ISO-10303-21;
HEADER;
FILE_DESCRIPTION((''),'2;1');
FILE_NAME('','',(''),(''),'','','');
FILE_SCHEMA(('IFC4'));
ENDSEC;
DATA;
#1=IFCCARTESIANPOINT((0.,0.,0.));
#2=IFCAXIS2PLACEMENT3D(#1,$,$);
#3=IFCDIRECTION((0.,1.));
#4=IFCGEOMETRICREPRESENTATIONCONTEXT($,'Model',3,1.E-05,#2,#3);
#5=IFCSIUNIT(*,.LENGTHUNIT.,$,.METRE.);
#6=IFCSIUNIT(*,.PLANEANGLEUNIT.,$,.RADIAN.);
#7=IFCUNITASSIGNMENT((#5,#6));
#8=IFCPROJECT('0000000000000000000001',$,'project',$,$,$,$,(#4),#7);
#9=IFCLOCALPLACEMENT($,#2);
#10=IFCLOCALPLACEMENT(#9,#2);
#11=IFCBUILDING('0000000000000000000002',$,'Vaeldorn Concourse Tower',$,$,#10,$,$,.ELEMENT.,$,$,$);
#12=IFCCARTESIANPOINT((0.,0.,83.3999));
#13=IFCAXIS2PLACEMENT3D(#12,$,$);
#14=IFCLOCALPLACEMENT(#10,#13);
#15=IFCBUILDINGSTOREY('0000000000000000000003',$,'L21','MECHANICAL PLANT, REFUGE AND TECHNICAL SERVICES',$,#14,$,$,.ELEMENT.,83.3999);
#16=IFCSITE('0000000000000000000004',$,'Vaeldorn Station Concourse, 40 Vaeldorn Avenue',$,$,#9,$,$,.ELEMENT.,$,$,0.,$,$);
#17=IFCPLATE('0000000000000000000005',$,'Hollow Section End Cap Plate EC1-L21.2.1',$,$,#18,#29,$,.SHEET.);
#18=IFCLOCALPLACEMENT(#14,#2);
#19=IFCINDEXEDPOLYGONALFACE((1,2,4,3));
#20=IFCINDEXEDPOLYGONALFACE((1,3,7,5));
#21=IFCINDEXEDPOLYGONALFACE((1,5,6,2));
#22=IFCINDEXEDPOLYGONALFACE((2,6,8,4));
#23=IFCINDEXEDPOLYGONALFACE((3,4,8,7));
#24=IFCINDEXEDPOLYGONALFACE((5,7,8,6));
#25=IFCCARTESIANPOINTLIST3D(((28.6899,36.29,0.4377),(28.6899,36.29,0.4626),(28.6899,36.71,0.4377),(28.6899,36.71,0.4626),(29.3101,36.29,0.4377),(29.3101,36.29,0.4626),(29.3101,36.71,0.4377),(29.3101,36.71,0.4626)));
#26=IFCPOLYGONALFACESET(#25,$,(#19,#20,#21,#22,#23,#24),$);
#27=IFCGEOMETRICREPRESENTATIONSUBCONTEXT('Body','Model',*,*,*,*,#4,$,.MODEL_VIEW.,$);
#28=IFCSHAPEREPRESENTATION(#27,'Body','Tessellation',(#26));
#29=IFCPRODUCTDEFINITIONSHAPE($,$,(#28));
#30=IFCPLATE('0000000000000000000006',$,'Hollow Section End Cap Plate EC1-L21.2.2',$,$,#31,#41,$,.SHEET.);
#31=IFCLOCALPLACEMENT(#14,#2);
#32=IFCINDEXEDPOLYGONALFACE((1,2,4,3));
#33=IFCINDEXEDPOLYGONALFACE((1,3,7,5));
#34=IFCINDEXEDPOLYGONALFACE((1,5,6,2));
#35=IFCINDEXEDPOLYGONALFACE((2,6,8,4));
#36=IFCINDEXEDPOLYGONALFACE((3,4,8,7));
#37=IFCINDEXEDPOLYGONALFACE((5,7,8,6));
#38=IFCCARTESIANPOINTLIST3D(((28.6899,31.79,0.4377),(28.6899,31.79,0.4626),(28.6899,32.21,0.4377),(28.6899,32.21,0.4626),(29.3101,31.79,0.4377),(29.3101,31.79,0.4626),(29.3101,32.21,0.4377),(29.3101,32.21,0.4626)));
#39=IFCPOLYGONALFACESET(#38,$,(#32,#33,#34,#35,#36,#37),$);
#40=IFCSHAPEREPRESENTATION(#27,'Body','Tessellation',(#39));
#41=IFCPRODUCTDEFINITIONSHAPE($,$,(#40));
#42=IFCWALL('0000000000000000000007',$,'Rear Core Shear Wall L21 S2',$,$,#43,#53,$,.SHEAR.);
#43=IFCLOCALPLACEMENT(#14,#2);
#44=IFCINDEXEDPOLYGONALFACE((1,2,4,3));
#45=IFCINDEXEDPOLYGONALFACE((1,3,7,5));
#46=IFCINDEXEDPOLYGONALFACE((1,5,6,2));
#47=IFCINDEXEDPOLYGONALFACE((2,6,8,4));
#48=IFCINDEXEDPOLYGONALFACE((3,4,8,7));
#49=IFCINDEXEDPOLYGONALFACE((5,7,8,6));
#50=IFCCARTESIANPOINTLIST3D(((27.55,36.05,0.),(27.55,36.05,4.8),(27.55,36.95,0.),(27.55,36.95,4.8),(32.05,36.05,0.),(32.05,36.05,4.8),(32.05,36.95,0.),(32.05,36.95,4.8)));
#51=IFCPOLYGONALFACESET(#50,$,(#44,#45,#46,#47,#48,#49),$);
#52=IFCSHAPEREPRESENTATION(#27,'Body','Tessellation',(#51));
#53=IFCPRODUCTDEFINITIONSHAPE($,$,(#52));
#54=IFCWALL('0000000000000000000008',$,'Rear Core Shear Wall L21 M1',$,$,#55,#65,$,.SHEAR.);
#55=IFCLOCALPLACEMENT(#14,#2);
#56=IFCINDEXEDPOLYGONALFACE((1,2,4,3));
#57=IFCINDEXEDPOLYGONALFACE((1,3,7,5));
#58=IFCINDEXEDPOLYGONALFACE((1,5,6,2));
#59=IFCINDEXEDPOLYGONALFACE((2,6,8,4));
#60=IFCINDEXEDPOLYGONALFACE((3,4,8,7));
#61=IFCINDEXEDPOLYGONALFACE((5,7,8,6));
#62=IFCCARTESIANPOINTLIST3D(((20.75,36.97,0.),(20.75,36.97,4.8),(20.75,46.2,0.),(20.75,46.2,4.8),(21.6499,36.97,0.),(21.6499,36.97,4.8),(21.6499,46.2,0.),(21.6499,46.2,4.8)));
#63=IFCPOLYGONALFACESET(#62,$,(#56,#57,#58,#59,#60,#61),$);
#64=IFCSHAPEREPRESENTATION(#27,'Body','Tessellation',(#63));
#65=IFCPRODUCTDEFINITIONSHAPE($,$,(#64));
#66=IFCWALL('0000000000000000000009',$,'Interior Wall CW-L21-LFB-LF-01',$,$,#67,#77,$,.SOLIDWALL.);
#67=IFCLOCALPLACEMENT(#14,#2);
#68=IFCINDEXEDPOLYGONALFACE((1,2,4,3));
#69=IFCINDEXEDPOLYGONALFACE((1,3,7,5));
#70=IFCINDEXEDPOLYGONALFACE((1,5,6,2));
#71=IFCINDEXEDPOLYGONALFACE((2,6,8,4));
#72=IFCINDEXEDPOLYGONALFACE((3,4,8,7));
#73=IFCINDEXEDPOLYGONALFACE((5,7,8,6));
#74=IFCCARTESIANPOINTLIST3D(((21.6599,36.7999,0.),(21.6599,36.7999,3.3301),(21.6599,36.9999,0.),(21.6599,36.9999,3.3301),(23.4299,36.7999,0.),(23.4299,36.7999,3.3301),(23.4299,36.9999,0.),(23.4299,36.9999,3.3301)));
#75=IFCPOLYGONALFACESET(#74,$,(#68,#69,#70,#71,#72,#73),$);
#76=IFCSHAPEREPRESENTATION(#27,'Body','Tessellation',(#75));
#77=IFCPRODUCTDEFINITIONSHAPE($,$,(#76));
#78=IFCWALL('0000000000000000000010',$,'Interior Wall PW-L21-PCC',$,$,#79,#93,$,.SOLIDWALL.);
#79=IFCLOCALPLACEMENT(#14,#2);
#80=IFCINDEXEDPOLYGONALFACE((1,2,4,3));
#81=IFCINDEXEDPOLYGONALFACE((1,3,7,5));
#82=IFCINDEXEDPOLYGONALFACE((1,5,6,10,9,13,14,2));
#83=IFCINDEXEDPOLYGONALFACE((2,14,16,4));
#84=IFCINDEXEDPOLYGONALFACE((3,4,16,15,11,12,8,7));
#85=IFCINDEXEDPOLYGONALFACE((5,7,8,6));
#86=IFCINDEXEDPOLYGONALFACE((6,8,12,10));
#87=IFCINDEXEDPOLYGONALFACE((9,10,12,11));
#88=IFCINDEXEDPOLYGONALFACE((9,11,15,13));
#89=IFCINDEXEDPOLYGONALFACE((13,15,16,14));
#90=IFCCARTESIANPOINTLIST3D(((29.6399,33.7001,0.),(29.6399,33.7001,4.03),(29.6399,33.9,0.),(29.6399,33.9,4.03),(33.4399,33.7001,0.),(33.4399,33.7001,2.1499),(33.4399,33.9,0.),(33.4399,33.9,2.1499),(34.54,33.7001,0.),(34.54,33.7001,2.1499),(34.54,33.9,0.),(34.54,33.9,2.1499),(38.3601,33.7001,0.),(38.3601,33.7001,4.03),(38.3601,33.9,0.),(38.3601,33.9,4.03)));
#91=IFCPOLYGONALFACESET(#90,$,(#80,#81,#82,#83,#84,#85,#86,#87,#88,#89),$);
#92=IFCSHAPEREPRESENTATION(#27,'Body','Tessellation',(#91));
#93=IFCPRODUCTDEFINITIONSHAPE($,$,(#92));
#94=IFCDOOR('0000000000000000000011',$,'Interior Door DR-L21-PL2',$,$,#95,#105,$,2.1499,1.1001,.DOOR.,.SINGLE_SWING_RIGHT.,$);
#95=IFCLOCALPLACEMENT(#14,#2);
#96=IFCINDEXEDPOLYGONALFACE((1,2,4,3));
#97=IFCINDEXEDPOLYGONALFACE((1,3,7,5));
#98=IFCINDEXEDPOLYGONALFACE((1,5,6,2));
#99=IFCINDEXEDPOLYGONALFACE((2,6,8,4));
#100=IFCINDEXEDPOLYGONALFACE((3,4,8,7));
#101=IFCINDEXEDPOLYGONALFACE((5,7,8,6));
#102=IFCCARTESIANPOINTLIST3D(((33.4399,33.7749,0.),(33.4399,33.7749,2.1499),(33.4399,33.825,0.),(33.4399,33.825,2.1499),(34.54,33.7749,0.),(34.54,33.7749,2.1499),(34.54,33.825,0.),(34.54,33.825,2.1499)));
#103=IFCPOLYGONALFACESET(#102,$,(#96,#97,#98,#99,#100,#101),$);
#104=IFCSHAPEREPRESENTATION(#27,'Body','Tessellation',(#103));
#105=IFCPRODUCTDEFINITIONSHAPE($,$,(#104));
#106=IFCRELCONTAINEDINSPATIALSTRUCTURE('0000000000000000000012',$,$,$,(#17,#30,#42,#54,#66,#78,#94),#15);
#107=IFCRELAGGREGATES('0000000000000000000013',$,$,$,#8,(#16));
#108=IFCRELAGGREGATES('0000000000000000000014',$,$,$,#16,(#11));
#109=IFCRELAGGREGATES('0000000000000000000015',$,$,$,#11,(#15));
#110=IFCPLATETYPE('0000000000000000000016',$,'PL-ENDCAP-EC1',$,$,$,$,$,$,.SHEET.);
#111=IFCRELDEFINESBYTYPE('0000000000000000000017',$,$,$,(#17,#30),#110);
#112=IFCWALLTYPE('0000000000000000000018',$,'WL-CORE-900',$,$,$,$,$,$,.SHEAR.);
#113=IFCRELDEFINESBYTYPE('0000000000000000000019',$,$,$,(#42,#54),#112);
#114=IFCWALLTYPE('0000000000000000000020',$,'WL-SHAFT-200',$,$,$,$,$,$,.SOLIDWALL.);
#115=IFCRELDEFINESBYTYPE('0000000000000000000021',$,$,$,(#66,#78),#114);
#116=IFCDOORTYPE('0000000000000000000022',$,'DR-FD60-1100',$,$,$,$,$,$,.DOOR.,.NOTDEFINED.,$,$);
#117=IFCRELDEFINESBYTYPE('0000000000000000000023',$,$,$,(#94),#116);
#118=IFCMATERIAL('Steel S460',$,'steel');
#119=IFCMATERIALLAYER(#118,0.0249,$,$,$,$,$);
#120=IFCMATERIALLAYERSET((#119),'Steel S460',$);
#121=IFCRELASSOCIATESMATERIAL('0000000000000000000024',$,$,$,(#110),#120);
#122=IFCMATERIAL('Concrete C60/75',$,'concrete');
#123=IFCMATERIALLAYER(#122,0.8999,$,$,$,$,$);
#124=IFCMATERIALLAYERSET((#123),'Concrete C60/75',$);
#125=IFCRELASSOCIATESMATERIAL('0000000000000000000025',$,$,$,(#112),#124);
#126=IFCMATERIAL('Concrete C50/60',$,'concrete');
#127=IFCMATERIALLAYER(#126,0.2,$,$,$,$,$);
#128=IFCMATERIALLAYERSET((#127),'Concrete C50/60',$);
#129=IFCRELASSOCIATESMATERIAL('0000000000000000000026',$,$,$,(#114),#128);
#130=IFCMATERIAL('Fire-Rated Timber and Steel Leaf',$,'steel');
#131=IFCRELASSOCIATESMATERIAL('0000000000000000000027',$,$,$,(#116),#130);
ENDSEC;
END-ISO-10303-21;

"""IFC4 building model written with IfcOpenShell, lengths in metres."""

from ifc_helpers import new_model, si_unit, direction, frame, frame_2d, origin, origin_2d, place, context, subcontext, project, spatial, rectangle, extrude, source, transform, mapped, material, layer, layer_set, type_object, element, fill, save


model = new_model("IFC4")

# Units and contexts
model_context = context("Model", 3, precision=1e-05, world=origin(), true_north=direction((0.0, 1.0)))
body_context = subcontext(model_context, "Body", "Model", "MODEL_VIEW")
ifc_project = project(units=[si_unit("LENGTHUNIT", "METRE"), si_unit("PLANEANGLEUNIT", "RADIAN")], contexts=[model_context])

# Site, building, storey
site_placement = place(None, origin())
site = spatial("IfcSite", under=ifc_project, at=site_placement, Name="Vaeldorn Station Concourse, 40 Vaeldorn Avenue", CompositionType="ELEMENT", RefElevation=0.0)
building_placement = place(site_placement, origin())
building = spatial("IfcBuilding", under=site, at=building_placement, Name="Vaeldorn Concourse Tower", CompositionType="ELEMENT")
storey_placement = place(building_placement, frame((0.0, 0.0, 83.3999)))
storey = spatial("IfcBuildingStorey", under=building, at=storey_placement, Name="L21", Description="MECHANICAL PLANT, REFUGE AND TECHNICAL SERVICES", CompositionType="ELEMENT", Elevation=83.3999)

# Shared definitions
ifc_material_1 = material(Name="Steel S460", Category="steel")

# Plates
ifc_layer_1 = layer(ifc_material_1, 0.0249)
ifc_layer_set_1 = layer_set([ifc_layer_1], Name="Steel S460")
plate_type_1 = type_object("IfcPlateType", Name="PL-ENDCAP-EC1", PredefinedType="SHEET", material=ifc_layer_set_1)
shared_shape_1 = source(origin(), body_context, "Body", "SweptSolid", [
    extrude(rectangle(XDim=0.6201, YDim=0.4199, at=origin_2d()), origin(), (0.0, 0.0, 1.0), 0.0249),
])
for number, where, z_axis, x_axis, name in (
    (1, (29.0, 36.5, 0.4377), (0.0, 0.0, 1.0), (1.0, 0.0, 0.0), "Hollow Section End Cap Plate EC1-L21.2.1"),
    (2, (29.0, 32.0, 0.4377), (0.0, 0.0, 1.0), (1.0, 0.0, 0.0), "Hollow Section End Cap Plate EC1-L21.2.2"),
):
    element("IfcPlate", number, at=place(storey_placement, frame(where, z_axis=z_axis, x_axis=x_axis)), inside=storey, type_object=plate_type_1, Name=name, PredefinedType="SHEET", context=body_context, shape_type="MappedRepresentation", body=[
        mapped(shared_shape_1, transform((0.0, 0.0, 0.0), scale=1.0)),
    ])

# Walls
ifc_material_2 = material(Name="Concrete C60/75", Category="concrete")
ifc_layer_2 = layer(ifc_material_2, 0.8999)
ifc_layer_set_2 = layer_set([ifc_layer_2], Name="Concrete C60/75")
wall_type_1 = type_object("IfcWallType", Name="WL-CORE-900", PredefinedType="SHEAR", material=ifc_layer_set_2)
wall_1_placement = place(storey_placement, frame((27.55, 36.5, 0.0), z_axis=(0.0, 0.0, 1.0), x_axis=(1.0, 0.0, 0.0)))
element("IfcWall", 3, at=wall_1_placement, inside=storey, type_object=wall_type_1, Name="Rear Core Shear Wall L21 S2", PredefinedType="SHEAR", context=body_context, shape_type="SweptSolid", body=[
    extrude(rectangle(XDim=4.5, YDim=0.8999, at=frame_2d((2.25, 0.0))), origin(), (0.0, 0.0, 1.0), 4.8),
])
wall_2_placement = place(storey_placement, frame((21.2, 36.97, 0.0), z_axis=(0.0, 0.0, 1.0), x_axis=(0.0, 1.0, 0.0)))
element("IfcWall", 4, at=wall_2_placement, inside=storey, type_object=wall_type_1, Name="Rear Core Shear Wall L21 M1", PredefinedType="SHEAR", context=body_context, shape_type="SweptSolid", body=[
    extrude(rectangle(XDim=9.23, YDim=0.8999, at=frame_2d((4.615, 0.0))), origin(), (0.0, 0.0, 1.0), 4.8),
])
ifc_material_3 = material(Name="Concrete C50/60", Category="concrete")
ifc_layer_3 = layer(ifc_material_3, 0.2)
ifc_layer_set_3 = layer_set([ifc_layer_3], Name="Concrete C50/60")
wall_type_2 = type_object("IfcWallType", Name="WL-SHAFT-200", PredefinedType="SOLIDWALL", material=ifc_layer_set_3)
wall_3_placement = place(storey_placement, frame((21.6599, 36.8999, 0.0), z_axis=(0.0, 0.0, 1.0), x_axis=(1.0, 0.0, 0.0)))
element("IfcWall", 5, at=wall_3_placement, inside=storey, type_object=wall_type_2, Name="Interior Wall CW-L21-LFB-LF-01", PredefinedType="SOLIDWALL", context=body_context, shape_type="SweptSolid", body=[
    extrude(rectangle(XDim=1.77, YDim=0.2, at=frame_2d((0.885, 0.0))), origin(), (0.0, 0.0, 1.0), 3.3301),
])

# Wall, opening, door
wall_4_placement = place(storey_placement, frame((29.6399, 33.8, 0.0), z_axis=(0.0, 0.0, 1.0), x_axis=(1.0, 0.0, 0.0)))
wall_4 = element("IfcWall", 6, at=wall_4_placement, inside=storey, type_object=wall_type_2, Name="Interior Wall PW-L21-PCC", PredefinedType="SOLIDWALL", context=body_context, shape_type="SweptSolid", body=[
    extrude(rectangle(XDim=8.7202, YDim=0.2, at=frame_2d((4.3601, 0.0))), origin(), (0.0, 0.0, 1.0), 4.03),
])
opening_placement = place(wall_4_placement, frame((3.8, 0.0, 0.0)))
opening = element("IfcOpeningElement", 7, at=opening_placement, cuts=wall_4, PredefinedType="OPENING", context=body_context, shape_type="SweptSolid", body=[
    extrude(rectangle(XDim=1.1001, YDim=2.1499, at=frame_2d((0.55, 1.075))), frame((0.0, 0.1099, 0.0), z_axis=(0.0, -1.0, 0.0), x_axis=(1.0, 0.0, 0.0)), (0.0, 0.0, 1.0), 0.22),
])
ifc_material_4 = material(Name="Fire-Rated Timber and Steel Leaf", Category="steel")
door_type = type_object("IfcDoorType", Name="DR-FD60-1100", OperationType="NOTDEFINED", PredefinedType="DOOR", material=ifc_material_4)
shared_shape_2 = source(origin(), body_context, "Body", "SweptSolid", [
    extrude(rectangle(XDim=1.1001, YDim=2.1499, at=frame_2d((0.55, 1.075))), frame((0.0, 0.0249, 0.0), z_axis=(0.0, -1.0, 0.0), x_axis=(1.0, 0.0, 0.0)), (0.0, 0.0, 1.0), 0.05),
])
door_placement = place(opening_placement, origin())
door = element("IfcDoor", 8, at=door_placement, inside=storey, type_object=door_type, Name="Interior Door DR-L21-PL2", OperationType="SINGLE_SWING_RIGHT", OverallHeight=2.1499, OverallWidth=1.1001, PredefinedType="DOOR", context=body_context, shape_type="MappedRepresentation", body=[
    mapped(shared_shape_2, transform((0.0, 0.0, 0.0), scale=1.0)),
])
fill(opening, door)

save(model, "model.ifc")
